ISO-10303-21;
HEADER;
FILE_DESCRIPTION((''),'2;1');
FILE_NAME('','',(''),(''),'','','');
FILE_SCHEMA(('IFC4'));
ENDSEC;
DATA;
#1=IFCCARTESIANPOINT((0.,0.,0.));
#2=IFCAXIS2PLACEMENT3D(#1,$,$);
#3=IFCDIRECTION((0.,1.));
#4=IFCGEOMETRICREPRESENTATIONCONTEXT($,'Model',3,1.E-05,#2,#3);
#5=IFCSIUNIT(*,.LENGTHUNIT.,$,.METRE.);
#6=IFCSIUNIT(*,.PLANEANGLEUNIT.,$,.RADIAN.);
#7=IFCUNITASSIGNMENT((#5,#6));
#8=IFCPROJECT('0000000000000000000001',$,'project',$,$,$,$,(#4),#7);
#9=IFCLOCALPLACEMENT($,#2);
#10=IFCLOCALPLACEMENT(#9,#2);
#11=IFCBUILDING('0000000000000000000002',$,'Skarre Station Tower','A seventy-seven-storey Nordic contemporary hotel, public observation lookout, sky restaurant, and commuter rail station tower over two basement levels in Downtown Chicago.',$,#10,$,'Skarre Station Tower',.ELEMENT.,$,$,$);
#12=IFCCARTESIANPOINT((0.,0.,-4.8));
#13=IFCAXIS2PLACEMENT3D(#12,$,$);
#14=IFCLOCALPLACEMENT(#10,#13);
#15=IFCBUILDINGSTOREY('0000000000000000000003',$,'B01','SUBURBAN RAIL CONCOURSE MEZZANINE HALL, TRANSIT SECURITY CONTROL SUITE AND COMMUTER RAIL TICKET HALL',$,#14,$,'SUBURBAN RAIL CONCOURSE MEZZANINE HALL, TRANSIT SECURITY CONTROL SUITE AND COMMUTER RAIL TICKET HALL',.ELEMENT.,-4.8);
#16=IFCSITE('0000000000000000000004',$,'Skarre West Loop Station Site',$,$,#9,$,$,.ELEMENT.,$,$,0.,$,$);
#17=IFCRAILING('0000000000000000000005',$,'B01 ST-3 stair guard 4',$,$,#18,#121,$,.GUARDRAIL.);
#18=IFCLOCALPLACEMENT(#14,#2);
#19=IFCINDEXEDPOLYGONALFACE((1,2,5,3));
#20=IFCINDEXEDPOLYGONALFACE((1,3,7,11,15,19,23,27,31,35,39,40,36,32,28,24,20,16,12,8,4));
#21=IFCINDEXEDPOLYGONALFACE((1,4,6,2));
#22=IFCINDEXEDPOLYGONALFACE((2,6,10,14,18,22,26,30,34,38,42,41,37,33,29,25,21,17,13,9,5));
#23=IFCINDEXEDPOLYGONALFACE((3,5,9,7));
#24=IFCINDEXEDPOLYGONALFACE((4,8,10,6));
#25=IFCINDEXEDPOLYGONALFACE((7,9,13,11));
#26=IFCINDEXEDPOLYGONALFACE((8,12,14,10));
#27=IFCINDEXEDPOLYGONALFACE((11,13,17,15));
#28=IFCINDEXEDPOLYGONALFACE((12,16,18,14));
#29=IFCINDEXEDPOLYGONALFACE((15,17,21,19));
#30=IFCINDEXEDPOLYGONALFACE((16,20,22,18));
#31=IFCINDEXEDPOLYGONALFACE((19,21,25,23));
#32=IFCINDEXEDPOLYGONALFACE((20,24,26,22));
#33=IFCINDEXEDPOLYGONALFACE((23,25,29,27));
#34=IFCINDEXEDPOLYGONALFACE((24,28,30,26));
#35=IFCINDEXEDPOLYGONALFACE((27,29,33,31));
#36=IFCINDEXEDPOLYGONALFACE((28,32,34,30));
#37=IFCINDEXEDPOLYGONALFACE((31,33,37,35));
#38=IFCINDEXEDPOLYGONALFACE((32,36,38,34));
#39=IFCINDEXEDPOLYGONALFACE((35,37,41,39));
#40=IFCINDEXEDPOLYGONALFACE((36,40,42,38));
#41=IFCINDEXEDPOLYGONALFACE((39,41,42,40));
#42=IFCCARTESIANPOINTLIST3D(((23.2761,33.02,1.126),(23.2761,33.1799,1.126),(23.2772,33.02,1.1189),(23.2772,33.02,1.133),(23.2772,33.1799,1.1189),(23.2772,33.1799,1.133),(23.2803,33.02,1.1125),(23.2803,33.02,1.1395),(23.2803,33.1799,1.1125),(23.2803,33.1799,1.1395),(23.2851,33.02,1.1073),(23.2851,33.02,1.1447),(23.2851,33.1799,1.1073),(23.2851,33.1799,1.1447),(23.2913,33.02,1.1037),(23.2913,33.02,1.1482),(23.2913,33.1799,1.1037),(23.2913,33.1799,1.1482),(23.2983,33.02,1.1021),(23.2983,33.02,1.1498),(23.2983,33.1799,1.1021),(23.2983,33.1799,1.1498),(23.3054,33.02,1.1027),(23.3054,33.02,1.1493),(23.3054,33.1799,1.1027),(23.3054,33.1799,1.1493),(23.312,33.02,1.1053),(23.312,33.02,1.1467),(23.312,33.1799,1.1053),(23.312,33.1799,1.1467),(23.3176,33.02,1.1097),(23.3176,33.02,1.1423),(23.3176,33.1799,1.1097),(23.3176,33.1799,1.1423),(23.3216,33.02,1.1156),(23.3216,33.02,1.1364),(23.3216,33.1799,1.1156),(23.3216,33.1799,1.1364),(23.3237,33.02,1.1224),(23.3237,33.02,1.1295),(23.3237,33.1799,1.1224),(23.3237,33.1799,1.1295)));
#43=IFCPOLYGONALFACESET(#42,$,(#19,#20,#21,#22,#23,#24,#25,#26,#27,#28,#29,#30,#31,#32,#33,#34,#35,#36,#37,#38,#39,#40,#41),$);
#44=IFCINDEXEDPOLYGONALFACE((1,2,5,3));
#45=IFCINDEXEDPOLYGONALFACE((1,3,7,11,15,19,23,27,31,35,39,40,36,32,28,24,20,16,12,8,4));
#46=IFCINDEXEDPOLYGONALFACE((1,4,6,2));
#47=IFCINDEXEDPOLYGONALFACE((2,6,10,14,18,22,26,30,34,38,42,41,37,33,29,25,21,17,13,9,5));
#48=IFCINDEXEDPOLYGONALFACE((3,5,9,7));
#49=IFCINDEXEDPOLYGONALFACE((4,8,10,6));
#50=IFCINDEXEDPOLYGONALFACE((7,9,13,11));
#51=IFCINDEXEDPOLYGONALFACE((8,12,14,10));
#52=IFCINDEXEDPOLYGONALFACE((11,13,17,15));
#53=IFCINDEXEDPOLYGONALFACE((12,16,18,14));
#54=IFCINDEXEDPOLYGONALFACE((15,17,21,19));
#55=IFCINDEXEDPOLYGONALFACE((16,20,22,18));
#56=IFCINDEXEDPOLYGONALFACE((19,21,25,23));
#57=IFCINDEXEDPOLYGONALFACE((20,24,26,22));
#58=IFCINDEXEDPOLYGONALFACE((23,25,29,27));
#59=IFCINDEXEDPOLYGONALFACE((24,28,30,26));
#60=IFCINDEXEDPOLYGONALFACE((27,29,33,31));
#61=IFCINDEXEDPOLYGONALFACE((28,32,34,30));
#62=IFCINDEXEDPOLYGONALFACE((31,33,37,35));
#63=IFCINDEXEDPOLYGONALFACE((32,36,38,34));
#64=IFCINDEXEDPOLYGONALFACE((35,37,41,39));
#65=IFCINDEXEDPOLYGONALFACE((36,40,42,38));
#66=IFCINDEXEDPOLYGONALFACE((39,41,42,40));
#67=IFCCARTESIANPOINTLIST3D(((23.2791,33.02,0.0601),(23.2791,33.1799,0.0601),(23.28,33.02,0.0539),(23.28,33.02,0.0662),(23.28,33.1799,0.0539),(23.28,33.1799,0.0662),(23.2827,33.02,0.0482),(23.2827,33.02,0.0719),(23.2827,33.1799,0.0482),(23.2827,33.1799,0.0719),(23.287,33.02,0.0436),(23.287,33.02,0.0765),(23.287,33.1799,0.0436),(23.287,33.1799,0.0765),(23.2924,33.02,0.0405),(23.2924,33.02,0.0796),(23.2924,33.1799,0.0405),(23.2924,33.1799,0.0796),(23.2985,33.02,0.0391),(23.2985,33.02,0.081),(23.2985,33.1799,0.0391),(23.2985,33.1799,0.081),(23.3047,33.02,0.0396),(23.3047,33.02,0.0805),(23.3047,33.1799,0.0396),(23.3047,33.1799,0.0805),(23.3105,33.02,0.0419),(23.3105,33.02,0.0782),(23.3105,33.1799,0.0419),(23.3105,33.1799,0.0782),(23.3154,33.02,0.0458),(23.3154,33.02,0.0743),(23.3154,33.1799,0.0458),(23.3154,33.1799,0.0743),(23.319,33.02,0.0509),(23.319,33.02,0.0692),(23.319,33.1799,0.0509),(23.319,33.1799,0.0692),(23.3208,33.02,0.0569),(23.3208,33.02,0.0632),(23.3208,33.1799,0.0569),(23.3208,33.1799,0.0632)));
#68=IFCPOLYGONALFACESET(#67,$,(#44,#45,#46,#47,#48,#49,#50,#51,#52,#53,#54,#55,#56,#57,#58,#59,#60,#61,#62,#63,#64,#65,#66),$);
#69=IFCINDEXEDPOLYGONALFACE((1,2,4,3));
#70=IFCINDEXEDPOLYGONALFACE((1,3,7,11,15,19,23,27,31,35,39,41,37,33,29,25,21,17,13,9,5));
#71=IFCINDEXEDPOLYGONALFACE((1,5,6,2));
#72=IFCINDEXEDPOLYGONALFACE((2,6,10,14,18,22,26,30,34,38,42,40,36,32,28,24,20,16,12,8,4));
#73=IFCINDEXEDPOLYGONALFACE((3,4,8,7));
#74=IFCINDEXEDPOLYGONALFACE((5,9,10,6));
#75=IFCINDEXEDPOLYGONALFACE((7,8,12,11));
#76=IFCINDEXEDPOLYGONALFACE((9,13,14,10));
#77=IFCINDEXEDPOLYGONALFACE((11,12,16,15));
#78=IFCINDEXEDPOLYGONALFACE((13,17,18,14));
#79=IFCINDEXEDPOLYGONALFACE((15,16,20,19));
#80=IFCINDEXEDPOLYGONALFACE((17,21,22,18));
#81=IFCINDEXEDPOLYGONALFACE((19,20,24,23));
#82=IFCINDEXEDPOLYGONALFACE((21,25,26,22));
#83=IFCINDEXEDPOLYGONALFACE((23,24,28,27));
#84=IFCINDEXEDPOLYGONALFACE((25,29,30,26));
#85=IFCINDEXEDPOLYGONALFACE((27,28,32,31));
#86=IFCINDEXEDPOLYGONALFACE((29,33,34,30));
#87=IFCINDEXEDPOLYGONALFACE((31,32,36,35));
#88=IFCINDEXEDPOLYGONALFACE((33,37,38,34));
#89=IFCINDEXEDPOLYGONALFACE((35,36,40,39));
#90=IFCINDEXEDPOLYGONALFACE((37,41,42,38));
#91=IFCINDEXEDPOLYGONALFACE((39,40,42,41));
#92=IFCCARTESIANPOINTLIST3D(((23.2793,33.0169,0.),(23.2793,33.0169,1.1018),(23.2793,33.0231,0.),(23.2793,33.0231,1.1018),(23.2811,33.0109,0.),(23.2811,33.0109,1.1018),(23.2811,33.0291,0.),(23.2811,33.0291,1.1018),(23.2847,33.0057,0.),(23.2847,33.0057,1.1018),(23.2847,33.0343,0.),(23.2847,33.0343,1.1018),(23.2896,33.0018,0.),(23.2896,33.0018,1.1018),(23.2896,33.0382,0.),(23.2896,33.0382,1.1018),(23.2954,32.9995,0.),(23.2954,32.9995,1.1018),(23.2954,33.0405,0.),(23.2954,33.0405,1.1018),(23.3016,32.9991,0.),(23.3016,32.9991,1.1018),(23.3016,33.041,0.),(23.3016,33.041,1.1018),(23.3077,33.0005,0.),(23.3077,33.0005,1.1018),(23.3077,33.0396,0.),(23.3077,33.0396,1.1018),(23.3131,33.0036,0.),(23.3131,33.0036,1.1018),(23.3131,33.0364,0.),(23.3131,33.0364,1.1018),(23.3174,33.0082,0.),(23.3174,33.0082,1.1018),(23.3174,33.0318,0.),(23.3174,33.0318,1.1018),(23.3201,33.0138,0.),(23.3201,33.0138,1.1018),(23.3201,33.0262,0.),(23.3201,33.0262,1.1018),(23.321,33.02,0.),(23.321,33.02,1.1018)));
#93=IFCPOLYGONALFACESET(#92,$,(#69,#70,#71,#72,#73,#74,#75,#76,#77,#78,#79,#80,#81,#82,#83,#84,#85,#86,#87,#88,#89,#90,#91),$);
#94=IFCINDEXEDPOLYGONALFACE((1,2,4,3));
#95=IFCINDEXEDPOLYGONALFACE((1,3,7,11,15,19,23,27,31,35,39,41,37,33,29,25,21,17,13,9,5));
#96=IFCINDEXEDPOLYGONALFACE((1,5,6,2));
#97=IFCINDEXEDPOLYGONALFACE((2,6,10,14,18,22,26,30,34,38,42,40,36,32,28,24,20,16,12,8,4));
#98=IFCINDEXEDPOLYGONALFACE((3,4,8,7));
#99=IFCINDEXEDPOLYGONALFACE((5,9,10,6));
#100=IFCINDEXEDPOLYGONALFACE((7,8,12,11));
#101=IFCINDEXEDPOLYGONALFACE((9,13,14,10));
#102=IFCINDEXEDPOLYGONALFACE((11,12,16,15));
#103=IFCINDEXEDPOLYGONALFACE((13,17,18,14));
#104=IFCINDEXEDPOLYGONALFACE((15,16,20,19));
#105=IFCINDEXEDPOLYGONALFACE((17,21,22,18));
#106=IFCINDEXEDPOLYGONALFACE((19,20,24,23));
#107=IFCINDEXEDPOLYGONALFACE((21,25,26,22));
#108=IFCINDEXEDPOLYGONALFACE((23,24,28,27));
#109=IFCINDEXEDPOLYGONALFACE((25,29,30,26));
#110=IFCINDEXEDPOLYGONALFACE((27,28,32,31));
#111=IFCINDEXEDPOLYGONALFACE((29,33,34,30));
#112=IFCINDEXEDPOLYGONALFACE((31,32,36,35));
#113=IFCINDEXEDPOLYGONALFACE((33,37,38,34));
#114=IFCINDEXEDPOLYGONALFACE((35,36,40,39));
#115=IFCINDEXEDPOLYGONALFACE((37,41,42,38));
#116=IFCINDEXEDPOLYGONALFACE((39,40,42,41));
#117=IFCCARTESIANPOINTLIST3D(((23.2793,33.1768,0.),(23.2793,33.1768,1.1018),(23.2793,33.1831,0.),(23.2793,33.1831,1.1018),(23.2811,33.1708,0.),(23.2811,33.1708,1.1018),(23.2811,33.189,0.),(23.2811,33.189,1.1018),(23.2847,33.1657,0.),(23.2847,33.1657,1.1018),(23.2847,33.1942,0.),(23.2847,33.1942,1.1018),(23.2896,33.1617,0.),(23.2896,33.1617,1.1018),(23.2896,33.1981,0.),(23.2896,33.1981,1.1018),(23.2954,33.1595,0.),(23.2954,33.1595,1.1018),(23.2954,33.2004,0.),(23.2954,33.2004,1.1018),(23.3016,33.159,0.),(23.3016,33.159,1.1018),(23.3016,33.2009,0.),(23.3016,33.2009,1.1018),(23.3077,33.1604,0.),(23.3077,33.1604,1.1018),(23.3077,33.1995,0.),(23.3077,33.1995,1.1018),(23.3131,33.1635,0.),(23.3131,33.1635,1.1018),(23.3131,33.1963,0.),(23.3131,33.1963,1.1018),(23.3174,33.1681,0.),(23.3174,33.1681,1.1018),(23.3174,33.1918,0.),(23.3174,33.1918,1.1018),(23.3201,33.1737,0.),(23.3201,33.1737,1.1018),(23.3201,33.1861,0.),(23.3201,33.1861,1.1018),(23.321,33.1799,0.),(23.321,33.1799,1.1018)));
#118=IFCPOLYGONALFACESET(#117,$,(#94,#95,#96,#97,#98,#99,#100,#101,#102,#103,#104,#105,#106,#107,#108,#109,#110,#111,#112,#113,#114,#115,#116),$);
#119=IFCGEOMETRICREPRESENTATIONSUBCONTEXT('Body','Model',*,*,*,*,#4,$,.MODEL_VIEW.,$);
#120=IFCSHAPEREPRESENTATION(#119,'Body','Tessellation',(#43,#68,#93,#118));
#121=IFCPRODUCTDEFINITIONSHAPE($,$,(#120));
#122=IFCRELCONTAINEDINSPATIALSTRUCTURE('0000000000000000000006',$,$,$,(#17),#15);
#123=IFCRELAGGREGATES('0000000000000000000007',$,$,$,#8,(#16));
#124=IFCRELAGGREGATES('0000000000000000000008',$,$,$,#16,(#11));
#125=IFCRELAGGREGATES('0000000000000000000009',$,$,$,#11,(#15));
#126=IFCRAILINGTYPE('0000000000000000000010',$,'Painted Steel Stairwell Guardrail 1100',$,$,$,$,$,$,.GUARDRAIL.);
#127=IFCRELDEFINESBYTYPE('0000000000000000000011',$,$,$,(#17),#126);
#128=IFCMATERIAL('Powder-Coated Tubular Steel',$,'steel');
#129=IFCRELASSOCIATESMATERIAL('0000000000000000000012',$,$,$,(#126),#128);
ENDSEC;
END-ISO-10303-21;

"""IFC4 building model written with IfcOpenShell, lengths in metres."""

from ifc_helpers import new_model, si_unit, direction, frame, origin, origin_2d, place, context, subcontext, project, spatial, circle, extrude, material, type_object, element, save


model = new_model("IFC4")

# Units and contexts
model_context = context("Model", 3, precision=1e-05, world=origin(), true_north=direction((0.0, 1.0)))
body_context = subcontext(model_context, "Body", "Model", "MODEL_VIEW")
ifc_project = project(units=[si_unit("LENGTHUNIT", "METRE"), si_unit("PLANEANGLEUNIT", "RADIAN")], contexts=[model_context])

# Site, building, storey
site_placement = place(None, origin())
site = spatial("IfcSite", under=ifc_project, at=site_placement, Name="Skarre West Loop Station Site", CompositionType="ELEMENT", RefElevation=0.0)
building_placement = place(site_placement, origin())
building = spatial("IfcBuilding", under=site, at=building_placement, Name="Skarre Station Tower", Description="A seventy-seven-storey Nordic contemporary hotel, public observation lookout, sky restaurant, and commuter rail station tower over two basement levels in Downtown Chicago.", LongName="Skarre Station Tower", CompositionType="ELEMENT")
storey_placement = place(building_placement, frame((0.0, 0.0, -4.8)))
storey = spatial("IfcBuildingStorey", under=building, at=storey_placement, Name="B01", Description="SUBURBAN RAIL CONCOURSE MEZZANINE HALL, TRANSIT SECURITY CONTROL SUITE AND COMMUTER RAIL TICKET HALL", LongName="SUBURBAN RAIL CONCOURSE MEZZANINE HALL, TRANSIT SECURITY CONTROL SUITE AND COMMUTER RAIL TICKET HALL", CompositionType="ELEMENT", Elevation=-4.8)

# Railing
ifc_material_1 = material(Name="Powder-Coated Tubular Steel", Category="steel")
railing_type_1 = type_object("IfcRailingType", Name="Painted Steel Stairwell Guardrail 1100", PredefinedType="GUARDRAIL", material=ifc_material_1)
railing_1_placement = place(storey_placement, frame((23.3, 33.02, 0.0)))
element("IfcRailing", 1, at=railing_1_placement, inside=storey, type_object=railing_type_1, Name="B01 ST-3 stair guard 4", PredefinedType="GUARDRAIL", context=body_context, shape_type="SweptSolid", body=[
    extrude(circle(Radius=0.0239, at=origin_2d()), frame((0.0, 0.0, 1.126), z_axis=(0.0, 1.0, 0.0), x_axis=(-1.0, 0.0, 0.0)), (0.0, 0.0, 1.0), 0.1599),
    extrude(circle(Radius=0.021, at=origin_2d()), frame((0.0, 0.0, 0.0601), z_axis=(0.0, 1.0, 0.0), x_axis=(-1.0, 0.0, 0.0)), (0.0, 0.0, 1.0), 0.1599),
    extrude(circle(Radius=0.021, at=origin_2d()), origin(), (0.0, 0.0, 1.0), 1.1018),
    extrude(circle(Radius=0.021, at=origin_2d()), frame((0.0, 0.1599, 0.0)), (0.0, 0.0, 1.0), 1.1018),
])

save(model, "model.ifc")
